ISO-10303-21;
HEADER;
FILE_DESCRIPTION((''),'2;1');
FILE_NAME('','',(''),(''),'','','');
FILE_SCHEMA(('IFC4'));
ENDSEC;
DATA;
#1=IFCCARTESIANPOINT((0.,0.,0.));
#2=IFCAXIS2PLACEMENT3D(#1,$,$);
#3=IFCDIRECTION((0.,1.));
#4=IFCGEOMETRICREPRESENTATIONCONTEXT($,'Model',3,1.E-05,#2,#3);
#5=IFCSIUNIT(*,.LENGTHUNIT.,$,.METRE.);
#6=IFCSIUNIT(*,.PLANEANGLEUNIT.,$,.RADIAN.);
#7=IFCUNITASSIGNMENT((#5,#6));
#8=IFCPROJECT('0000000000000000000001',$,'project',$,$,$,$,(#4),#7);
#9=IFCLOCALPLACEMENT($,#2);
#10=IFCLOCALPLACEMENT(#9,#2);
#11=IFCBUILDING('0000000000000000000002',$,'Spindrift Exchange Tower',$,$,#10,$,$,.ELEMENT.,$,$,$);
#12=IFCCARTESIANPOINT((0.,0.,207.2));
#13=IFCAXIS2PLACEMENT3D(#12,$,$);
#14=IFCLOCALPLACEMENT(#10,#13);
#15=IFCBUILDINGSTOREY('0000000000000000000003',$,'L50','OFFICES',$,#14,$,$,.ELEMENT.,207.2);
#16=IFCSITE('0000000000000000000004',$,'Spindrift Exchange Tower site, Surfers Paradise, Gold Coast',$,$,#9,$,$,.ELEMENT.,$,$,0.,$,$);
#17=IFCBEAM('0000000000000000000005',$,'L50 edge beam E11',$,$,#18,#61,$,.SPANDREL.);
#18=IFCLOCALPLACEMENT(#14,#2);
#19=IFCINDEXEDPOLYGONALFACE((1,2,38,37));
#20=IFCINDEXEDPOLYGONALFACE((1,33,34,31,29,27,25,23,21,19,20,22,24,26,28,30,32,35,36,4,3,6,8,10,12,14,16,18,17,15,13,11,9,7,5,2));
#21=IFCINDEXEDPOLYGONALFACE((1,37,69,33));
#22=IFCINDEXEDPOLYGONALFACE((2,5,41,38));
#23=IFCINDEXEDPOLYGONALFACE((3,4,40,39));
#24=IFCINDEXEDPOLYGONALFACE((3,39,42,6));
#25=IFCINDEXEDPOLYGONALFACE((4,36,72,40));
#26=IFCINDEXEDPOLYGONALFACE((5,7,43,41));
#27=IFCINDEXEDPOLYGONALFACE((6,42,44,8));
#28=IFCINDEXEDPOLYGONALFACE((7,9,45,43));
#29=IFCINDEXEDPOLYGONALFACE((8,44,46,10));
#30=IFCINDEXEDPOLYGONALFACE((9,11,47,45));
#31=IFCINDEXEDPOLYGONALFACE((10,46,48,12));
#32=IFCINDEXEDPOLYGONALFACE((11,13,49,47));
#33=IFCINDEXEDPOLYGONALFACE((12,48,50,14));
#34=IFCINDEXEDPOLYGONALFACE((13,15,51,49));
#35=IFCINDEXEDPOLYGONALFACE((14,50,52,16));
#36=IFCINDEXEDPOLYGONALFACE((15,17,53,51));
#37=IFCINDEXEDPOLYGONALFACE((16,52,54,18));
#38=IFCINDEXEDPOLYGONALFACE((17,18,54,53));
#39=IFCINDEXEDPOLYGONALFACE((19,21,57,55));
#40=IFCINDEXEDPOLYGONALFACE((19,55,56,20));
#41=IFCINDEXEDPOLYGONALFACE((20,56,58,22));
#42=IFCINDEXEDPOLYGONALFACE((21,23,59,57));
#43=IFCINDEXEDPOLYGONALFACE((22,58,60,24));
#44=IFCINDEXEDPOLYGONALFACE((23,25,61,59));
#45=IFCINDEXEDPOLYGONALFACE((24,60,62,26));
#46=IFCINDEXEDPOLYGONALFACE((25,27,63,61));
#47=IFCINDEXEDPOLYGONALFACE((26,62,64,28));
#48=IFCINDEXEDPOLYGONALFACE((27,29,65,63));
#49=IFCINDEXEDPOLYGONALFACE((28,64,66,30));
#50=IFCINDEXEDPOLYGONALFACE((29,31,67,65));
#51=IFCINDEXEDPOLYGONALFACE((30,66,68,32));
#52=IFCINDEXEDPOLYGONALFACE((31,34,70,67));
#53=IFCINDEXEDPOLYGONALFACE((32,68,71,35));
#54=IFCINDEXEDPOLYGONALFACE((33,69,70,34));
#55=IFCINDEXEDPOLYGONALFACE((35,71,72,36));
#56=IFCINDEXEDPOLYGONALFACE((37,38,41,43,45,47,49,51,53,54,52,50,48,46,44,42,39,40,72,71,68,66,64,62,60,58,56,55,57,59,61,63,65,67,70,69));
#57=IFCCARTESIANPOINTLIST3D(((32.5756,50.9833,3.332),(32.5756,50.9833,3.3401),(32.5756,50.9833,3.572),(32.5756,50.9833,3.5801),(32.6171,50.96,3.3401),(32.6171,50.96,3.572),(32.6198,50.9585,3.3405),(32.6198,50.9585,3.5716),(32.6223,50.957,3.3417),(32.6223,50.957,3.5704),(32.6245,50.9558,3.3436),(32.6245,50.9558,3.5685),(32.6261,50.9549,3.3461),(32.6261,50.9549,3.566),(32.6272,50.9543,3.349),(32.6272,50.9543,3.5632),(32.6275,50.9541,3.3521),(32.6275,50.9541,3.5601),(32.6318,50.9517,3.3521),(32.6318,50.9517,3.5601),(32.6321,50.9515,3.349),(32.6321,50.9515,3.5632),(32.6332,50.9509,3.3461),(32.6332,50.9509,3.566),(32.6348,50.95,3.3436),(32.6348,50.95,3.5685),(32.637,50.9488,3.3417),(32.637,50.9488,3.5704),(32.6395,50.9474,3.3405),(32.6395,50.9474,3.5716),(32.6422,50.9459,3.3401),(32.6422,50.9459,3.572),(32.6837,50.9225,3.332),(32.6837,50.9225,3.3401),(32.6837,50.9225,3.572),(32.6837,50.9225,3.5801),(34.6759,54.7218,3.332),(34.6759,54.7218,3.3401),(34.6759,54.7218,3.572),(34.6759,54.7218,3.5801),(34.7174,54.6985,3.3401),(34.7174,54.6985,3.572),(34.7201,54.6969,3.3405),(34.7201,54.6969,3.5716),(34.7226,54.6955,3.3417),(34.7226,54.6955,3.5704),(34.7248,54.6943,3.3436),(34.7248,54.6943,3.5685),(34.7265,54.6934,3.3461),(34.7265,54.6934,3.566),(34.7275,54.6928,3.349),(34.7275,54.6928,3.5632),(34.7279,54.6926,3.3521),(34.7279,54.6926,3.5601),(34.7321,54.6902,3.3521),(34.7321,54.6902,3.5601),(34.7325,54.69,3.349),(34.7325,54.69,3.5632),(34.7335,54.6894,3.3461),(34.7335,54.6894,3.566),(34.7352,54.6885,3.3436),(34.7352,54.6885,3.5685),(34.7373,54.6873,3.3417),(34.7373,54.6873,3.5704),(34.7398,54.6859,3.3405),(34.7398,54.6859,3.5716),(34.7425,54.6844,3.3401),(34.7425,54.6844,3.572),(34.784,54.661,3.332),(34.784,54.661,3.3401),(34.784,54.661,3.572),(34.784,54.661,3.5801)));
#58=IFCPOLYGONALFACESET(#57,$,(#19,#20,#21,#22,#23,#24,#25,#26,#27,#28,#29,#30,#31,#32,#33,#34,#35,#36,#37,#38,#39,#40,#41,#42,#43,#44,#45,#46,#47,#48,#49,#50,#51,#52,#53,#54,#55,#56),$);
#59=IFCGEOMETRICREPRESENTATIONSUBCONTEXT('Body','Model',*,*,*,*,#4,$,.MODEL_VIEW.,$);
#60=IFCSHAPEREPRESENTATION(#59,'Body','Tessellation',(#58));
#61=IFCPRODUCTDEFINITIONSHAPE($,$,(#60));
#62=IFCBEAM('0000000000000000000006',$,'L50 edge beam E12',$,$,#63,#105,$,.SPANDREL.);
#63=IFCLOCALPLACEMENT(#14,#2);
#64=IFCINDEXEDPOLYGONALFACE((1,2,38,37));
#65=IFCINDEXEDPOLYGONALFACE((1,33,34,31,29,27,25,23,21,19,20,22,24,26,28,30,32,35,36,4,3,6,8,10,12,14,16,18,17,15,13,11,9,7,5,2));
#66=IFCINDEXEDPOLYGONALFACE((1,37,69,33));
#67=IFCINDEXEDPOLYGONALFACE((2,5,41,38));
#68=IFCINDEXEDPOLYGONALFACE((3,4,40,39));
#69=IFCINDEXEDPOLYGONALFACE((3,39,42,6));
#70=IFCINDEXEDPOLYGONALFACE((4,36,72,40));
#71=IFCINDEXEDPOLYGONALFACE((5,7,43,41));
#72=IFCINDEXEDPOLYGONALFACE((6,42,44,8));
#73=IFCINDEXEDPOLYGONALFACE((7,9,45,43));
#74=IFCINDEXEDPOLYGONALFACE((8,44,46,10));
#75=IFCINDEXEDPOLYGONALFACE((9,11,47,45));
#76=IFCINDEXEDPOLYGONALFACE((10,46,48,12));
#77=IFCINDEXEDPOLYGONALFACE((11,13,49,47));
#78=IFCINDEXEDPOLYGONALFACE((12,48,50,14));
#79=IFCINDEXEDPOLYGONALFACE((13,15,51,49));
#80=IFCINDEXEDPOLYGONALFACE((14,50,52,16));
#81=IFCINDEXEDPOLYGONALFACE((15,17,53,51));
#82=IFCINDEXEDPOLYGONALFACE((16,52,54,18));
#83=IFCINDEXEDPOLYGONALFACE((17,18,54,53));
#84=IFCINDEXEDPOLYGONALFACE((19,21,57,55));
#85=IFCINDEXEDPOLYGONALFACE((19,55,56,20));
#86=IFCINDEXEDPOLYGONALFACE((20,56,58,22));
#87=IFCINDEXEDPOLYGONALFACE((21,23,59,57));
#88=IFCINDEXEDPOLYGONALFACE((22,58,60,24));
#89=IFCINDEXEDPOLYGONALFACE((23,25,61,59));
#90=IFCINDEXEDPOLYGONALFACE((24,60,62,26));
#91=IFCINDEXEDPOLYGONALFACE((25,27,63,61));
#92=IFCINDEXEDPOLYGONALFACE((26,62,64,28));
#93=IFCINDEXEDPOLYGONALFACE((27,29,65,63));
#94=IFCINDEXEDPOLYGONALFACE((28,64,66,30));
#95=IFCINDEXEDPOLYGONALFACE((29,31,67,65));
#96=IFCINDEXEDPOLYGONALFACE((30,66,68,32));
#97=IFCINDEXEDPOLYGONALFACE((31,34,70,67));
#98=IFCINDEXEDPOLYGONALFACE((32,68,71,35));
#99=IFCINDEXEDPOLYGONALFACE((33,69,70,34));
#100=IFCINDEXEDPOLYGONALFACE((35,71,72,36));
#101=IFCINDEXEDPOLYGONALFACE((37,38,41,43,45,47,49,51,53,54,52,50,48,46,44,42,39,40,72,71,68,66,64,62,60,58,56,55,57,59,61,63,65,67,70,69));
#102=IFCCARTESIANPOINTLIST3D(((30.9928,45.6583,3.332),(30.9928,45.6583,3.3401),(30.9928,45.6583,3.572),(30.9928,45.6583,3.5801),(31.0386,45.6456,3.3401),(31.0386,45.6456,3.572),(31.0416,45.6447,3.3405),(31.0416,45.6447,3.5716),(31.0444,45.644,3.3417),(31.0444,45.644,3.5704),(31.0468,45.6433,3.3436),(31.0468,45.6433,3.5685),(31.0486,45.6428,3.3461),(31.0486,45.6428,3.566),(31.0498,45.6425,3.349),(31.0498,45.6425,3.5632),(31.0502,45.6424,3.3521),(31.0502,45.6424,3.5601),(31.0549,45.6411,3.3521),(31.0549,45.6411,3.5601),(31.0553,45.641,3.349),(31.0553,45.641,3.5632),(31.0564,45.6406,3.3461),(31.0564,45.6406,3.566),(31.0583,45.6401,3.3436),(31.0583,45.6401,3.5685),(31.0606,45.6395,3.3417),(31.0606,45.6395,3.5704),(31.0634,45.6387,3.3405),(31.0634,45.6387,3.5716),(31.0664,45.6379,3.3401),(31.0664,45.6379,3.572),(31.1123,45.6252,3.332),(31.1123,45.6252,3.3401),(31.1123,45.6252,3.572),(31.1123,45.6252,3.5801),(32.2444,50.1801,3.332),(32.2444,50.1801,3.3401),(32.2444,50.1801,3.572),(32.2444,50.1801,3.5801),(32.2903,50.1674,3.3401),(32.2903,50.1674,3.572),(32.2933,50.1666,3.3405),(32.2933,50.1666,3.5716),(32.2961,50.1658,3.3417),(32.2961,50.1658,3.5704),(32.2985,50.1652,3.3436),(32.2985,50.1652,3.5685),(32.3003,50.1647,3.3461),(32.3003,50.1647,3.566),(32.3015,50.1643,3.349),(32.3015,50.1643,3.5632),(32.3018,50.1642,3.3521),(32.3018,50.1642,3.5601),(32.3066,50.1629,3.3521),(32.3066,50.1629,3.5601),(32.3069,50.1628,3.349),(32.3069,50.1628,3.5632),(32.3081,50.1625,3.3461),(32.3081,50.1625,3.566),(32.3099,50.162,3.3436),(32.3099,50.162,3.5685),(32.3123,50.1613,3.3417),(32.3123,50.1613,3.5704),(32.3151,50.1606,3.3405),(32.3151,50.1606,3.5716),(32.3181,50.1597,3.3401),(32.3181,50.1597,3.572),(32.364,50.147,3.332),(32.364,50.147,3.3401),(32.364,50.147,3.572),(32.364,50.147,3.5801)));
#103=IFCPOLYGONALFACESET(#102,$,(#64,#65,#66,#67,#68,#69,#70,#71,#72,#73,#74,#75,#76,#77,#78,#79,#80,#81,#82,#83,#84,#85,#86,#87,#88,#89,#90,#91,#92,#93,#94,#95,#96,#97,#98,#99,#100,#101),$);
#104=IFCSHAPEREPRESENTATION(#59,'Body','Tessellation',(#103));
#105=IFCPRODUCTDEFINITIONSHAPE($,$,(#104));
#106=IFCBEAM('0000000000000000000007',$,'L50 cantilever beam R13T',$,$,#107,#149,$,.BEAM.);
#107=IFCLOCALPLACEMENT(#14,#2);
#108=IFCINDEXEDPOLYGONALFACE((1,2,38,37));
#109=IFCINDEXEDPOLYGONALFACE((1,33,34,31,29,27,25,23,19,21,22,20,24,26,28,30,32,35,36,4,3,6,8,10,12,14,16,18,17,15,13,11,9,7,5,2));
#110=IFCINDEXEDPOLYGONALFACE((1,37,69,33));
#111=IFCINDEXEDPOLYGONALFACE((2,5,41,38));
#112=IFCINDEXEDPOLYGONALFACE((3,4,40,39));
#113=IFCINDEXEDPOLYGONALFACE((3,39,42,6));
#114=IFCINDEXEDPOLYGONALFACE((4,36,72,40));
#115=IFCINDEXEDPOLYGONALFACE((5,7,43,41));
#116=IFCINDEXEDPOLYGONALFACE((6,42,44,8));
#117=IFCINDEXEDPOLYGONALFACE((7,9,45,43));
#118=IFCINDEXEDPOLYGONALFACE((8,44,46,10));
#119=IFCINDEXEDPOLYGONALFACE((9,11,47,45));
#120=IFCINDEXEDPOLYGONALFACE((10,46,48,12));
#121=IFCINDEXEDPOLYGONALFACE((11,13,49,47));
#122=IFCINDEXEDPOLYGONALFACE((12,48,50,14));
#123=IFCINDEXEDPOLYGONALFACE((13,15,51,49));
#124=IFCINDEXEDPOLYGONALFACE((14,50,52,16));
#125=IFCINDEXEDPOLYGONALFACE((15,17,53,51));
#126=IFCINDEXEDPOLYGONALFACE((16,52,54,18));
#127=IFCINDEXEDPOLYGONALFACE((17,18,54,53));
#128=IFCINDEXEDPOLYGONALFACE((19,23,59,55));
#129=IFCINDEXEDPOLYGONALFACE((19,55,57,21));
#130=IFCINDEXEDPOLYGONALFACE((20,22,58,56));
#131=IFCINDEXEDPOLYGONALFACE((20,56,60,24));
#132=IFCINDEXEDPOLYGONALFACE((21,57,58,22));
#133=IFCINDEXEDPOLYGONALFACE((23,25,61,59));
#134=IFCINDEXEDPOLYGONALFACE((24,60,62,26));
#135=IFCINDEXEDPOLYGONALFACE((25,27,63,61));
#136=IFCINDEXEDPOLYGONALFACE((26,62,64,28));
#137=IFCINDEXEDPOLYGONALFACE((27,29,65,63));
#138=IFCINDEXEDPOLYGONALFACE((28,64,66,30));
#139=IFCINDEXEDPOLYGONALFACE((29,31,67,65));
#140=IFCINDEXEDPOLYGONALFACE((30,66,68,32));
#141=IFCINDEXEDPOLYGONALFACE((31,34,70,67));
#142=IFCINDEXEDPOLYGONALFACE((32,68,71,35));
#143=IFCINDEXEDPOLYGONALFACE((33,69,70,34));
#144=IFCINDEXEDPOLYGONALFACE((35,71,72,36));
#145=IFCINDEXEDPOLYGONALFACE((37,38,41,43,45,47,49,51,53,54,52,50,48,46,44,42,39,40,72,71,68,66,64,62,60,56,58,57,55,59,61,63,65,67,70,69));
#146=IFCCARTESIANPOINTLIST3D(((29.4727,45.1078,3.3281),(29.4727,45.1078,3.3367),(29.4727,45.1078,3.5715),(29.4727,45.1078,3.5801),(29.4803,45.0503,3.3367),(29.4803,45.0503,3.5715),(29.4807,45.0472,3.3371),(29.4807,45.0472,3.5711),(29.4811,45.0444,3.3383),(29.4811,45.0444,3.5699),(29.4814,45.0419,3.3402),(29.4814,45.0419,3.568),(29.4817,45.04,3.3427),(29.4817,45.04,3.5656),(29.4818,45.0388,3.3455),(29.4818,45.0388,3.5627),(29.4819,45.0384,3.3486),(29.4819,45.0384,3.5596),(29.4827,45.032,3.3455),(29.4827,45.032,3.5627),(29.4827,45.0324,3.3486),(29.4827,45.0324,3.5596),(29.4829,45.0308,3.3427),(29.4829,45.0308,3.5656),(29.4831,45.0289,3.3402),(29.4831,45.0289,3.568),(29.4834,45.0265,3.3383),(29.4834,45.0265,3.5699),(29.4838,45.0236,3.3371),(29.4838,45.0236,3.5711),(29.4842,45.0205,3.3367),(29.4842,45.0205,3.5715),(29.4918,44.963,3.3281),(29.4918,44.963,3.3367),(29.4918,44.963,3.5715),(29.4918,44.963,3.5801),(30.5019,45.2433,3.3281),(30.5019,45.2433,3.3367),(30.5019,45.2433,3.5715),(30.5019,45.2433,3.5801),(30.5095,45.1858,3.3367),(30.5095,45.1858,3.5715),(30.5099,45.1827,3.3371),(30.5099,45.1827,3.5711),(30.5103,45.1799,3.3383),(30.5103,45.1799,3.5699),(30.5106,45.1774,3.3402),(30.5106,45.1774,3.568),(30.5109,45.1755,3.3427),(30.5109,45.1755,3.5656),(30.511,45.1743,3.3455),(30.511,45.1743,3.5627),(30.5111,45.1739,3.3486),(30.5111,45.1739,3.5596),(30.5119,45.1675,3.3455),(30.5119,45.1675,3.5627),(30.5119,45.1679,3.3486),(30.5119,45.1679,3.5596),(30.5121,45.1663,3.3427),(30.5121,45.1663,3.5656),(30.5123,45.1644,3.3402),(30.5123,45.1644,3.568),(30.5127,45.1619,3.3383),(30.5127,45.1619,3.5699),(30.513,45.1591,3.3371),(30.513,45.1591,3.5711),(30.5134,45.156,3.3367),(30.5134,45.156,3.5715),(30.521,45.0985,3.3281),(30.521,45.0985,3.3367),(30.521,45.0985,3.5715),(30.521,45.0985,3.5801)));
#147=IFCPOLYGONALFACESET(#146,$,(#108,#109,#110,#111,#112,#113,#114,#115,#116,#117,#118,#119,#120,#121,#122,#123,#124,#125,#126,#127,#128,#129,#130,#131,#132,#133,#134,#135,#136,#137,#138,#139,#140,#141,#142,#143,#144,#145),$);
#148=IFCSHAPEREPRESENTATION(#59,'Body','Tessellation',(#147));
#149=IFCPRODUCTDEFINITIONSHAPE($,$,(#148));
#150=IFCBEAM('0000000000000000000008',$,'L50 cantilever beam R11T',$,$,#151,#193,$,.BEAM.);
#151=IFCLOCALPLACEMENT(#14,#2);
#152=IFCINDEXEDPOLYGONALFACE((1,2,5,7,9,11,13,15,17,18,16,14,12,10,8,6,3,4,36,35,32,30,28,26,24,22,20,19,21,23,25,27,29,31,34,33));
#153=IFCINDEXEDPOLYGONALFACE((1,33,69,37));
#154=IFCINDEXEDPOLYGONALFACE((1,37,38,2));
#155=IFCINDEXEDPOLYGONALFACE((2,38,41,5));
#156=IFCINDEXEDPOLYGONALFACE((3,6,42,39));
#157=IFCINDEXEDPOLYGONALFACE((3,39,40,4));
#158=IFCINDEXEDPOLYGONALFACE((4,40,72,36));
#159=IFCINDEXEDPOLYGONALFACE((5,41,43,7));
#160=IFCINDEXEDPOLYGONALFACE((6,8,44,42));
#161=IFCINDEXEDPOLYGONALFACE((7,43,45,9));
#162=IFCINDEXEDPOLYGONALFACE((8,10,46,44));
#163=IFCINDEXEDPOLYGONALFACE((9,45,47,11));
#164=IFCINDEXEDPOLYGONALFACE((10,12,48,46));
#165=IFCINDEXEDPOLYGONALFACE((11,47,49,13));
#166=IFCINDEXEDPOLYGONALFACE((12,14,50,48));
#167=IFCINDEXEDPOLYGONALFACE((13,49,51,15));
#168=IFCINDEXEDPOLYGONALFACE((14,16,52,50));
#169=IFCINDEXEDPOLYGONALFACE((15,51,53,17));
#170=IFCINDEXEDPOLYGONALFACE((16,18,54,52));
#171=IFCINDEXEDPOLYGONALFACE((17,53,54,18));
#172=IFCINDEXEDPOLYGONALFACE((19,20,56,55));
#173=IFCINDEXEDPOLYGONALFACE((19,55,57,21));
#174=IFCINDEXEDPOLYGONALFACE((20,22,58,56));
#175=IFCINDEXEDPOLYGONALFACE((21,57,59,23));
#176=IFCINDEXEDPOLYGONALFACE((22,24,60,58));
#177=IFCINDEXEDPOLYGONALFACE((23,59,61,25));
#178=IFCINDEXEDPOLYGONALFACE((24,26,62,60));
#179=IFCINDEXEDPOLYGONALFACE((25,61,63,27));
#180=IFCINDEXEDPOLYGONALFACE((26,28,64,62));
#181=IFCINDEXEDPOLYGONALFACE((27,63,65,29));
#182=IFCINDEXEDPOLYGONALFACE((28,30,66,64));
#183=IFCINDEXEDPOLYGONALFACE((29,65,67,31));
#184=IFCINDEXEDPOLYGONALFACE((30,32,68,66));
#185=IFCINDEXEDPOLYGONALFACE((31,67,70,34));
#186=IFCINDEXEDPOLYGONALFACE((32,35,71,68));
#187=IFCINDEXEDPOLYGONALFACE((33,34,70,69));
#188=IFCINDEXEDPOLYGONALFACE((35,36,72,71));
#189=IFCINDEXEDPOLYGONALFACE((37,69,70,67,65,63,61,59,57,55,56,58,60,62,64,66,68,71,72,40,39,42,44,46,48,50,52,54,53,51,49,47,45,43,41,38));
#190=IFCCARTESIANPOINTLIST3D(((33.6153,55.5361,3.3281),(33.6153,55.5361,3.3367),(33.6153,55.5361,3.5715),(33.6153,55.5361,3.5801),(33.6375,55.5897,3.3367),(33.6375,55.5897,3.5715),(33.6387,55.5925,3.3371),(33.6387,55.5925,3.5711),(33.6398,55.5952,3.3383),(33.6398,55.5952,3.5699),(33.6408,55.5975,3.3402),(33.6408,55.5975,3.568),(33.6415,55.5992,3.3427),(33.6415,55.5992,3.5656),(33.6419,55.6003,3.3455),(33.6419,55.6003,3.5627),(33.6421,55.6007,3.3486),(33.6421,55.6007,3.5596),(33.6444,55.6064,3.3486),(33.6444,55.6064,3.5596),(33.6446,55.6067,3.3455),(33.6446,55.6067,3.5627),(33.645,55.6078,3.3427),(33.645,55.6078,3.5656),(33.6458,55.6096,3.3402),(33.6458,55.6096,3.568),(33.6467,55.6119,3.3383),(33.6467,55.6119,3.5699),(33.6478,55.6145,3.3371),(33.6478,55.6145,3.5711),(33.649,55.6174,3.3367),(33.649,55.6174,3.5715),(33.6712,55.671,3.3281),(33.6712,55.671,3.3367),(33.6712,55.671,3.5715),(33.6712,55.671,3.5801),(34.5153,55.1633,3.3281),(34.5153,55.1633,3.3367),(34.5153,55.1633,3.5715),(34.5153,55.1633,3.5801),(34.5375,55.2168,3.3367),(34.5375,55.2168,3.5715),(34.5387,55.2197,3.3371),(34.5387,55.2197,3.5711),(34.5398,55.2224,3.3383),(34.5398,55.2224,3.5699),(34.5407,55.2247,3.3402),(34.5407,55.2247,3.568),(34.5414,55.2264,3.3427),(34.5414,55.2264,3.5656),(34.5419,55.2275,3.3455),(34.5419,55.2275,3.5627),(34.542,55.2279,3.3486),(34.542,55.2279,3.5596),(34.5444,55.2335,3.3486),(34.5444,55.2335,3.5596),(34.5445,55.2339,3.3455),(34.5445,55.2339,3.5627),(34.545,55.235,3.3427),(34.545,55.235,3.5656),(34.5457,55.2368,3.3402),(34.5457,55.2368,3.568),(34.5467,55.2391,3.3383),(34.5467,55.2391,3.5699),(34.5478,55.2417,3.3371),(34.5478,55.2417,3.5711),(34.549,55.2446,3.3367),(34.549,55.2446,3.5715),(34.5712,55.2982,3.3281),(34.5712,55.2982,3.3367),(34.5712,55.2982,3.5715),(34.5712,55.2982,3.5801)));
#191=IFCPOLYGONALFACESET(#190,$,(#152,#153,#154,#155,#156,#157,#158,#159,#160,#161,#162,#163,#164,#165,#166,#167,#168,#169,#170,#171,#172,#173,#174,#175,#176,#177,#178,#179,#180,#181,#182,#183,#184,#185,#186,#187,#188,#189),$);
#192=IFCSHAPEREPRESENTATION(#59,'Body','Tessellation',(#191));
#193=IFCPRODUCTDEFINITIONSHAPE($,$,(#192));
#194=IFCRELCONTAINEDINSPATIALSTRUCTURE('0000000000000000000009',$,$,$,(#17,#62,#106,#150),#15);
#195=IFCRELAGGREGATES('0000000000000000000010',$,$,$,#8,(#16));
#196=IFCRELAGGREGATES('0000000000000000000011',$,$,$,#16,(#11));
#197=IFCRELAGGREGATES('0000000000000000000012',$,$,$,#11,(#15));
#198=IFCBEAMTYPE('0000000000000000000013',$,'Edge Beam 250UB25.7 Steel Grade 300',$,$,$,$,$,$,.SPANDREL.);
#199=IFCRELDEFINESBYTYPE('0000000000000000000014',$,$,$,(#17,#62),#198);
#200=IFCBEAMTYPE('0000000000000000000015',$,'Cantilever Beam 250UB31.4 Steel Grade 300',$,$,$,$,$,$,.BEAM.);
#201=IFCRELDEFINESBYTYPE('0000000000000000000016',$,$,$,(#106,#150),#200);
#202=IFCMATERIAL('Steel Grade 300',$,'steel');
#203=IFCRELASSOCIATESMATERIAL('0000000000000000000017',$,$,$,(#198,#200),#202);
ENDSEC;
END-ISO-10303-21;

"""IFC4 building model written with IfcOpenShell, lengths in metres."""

from ifc_helpers import new_model, si_unit, direction, frame, origin, origin_2d, place, context, subcontext, project, spatial, i_section, extrude, source, transform, mapped, material, material_profile, profile_set, type_object, element, save


model = new_model("IFC4")

# Units and contexts
model_context = context("Model", 3, precision=1e-05, world=origin(), true_north=direction((0.0, 1.0)))
body_context = subcontext(model_context, "Body", "Model", "MODEL_VIEW")
ifc_project = project(units=[si_unit("LENGTHUNIT", "METRE"), si_unit("PLANEANGLEUNIT", "RADIAN")], contexts=[model_context])

# Site, building, storey
site_placement = place(None, origin())
site = spatial("IfcSite", under=ifc_project, at=site_placement, Name="Spindrift Exchange Tower site, Surfers Paradise, Gold Coast", CompositionType="ELEMENT", RefElevation=0.0)
building_placement = place(site_placement, origin())
building = spatial("IfcBuilding", under=site, at=building_placement, Name="Spindrift Exchange Tower", CompositionType="ELEMENT")
storey_placement = place(building_placement, frame((0.0, 0.0, 207.2)))
storey = spatial("IfcBuildingStorey", under=building, at=storey_placement, Name="L50", Description="OFFICES", CompositionType="ELEMENT", Elevation=207.2)

# Beams
ifc_material_1 = material(Name="Steel Grade 300", Category="steel")
ifc_material_profile_1 = material_profile(ifc_material_1, i_section(OverallWidth=0.124, OverallDepth=0.248, WebThickness=0.0049, FlangeThickness=0.0081, FilletRadius=0.012, at=origin_2d()), Name="250UB25.7")
ifc_profile_set_1 = profile_set([ifc_material_profile_1], Name="Steel Grade 300")
beam_type_1 = type_object("IfcBeamType", Name="Edge Beam 250UB25.7 Steel Grade 300", PredefinedType="SPANDREL", material=ifc_profile_set_1)
shared_shape_1 = source(origin(), body_context, "Body", "SweptSolid", [
    extrude(i_section(OverallWidth=0.124, OverallDepth=0.248, WebThickness=0.0049, FlangeThickness=0.0081, FilletRadius=0.012, at=origin_2d()), origin(), (0.0, 0.0, 1.0), 4.2881),
])
beam_1_placement = place(storey_placement, frame((34.73, 54.6914, 3.4561), z_axis=(-0.489804, -0.871832, 0.0), x_axis=(0.871832, -0.489804, 0.0)))
element("IfcBeam", 1, at=beam_1_placement, inside=storey, type_object=beam_type_1, Name="L50 edge beam E11", PredefinedType="SPANDREL", context=body_context, shape_type="MappedRepresentation", body=[
    mapped(shared_shape_1, transform((0.0, 0.0, 0.0), scale=1.0)),
])
shared_shape_2 = source(origin(), body_context, "Body", "SweptSolid", [
    extrude(i_section(OverallWidth=0.124, OverallDepth=0.248, WebThickness=0.0049, FlangeThickness=0.0081, FilletRadius=0.012, at=origin_2d()), origin(), (0.0, 0.0, 1.0), 4.6919),
])
beam_2_placement = place(storey_placement, frame((32.3042, 50.1636, 3.4561), z_axis=(-0.266774, -0.963759, 0.0), x_axis=(0.963759, -0.266774, 0.0)))
element("IfcBeam", 2, at=beam_2_placement, inside=storey, type_object=beam_type_1, Name="L50 edge beam E12", PredefinedType="SPANDREL", context=body_context, shape_type="MappedRepresentation", body=[
    mapped(shared_shape_2, transform((0.0, 0.0, 0.0), scale=1.0)),
])
ifc_material_profile_2 = material_profile(ifc_material_1, i_section(OverallWidth=0.146, OverallDepth=0.252, WebThickness=0.0061, FlangeThickness=0.0085, FilletRadius=0.012, at=origin_2d()), Name="250UB31.4")
ifc_profile_set_2 = profile_set([ifc_material_profile_2], Name="Steel Grade 300")
beam_type_2 = type_object("IfcBeamType", Name="Cantilever Beam 250UB31.4 Steel Grade 300", PredefinedType="BEAM", material=ifc_profile_set_2)
shared_shape_3 = source(origin(), body_context, "Body", "SweptSolid", [
    extrude(i_section(OverallWidth=0.146, OverallDepth=0.252, WebThickness=0.0061, FlangeThickness=0.0085, FilletRadius=0.012, at=origin_2d()), origin(), (0.0, 0.0, 1.0), 1.0381),
])
beam_3_placement = place(storey_placement, frame((30.5115, 45.1709, 3.4541), z_axis=(-0.991446, -0.130515, 0.0), x_axis=(0.130515, -0.991446, 0.0)))
element("IfcBeam", 3, at=beam_3_placement, inside=storey, type_object=beam_type_2, Name="L50 cantilever beam R13T", PredefinedType="BEAM", context=body_context, shape_type="MappedRepresentation", body=[
    mapped(shared_shape_3, transform((0.0, 0.0, 0.0), scale=1.0)),
])
shared_shape_4 = source(origin(), body_context, "Body", "SweptSolid", [
    extrude(i_section(OverallWidth=0.146, OverallDepth=0.252, WebThickness=0.0061, FlangeThickness=0.0085, FilletRadius=0.012, at=origin_2d()), origin(), (0.0, 0.0, 1.0), 0.9741),
])
beam_4_placement = place(storey_placement, frame((34.5432, 55.2307, 3.4541), z_axis=(-0.923861, 0.382728, 0.0), x_axis=(-0.382728, -0.923861, 0.0)))
element("IfcBeam", 4, at=beam_4_placement, inside=storey, type_object=beam_type_2, Name="L50 cantilever beam R11T", PredefinedType="BEAM", context=body_context, shape_type="MappedRepresentation", body=[
    mapped(shared_shape_4, transform((0.0, 0.0, 0.0), scale=1.0)),
])

save(model, "model.ifc")
